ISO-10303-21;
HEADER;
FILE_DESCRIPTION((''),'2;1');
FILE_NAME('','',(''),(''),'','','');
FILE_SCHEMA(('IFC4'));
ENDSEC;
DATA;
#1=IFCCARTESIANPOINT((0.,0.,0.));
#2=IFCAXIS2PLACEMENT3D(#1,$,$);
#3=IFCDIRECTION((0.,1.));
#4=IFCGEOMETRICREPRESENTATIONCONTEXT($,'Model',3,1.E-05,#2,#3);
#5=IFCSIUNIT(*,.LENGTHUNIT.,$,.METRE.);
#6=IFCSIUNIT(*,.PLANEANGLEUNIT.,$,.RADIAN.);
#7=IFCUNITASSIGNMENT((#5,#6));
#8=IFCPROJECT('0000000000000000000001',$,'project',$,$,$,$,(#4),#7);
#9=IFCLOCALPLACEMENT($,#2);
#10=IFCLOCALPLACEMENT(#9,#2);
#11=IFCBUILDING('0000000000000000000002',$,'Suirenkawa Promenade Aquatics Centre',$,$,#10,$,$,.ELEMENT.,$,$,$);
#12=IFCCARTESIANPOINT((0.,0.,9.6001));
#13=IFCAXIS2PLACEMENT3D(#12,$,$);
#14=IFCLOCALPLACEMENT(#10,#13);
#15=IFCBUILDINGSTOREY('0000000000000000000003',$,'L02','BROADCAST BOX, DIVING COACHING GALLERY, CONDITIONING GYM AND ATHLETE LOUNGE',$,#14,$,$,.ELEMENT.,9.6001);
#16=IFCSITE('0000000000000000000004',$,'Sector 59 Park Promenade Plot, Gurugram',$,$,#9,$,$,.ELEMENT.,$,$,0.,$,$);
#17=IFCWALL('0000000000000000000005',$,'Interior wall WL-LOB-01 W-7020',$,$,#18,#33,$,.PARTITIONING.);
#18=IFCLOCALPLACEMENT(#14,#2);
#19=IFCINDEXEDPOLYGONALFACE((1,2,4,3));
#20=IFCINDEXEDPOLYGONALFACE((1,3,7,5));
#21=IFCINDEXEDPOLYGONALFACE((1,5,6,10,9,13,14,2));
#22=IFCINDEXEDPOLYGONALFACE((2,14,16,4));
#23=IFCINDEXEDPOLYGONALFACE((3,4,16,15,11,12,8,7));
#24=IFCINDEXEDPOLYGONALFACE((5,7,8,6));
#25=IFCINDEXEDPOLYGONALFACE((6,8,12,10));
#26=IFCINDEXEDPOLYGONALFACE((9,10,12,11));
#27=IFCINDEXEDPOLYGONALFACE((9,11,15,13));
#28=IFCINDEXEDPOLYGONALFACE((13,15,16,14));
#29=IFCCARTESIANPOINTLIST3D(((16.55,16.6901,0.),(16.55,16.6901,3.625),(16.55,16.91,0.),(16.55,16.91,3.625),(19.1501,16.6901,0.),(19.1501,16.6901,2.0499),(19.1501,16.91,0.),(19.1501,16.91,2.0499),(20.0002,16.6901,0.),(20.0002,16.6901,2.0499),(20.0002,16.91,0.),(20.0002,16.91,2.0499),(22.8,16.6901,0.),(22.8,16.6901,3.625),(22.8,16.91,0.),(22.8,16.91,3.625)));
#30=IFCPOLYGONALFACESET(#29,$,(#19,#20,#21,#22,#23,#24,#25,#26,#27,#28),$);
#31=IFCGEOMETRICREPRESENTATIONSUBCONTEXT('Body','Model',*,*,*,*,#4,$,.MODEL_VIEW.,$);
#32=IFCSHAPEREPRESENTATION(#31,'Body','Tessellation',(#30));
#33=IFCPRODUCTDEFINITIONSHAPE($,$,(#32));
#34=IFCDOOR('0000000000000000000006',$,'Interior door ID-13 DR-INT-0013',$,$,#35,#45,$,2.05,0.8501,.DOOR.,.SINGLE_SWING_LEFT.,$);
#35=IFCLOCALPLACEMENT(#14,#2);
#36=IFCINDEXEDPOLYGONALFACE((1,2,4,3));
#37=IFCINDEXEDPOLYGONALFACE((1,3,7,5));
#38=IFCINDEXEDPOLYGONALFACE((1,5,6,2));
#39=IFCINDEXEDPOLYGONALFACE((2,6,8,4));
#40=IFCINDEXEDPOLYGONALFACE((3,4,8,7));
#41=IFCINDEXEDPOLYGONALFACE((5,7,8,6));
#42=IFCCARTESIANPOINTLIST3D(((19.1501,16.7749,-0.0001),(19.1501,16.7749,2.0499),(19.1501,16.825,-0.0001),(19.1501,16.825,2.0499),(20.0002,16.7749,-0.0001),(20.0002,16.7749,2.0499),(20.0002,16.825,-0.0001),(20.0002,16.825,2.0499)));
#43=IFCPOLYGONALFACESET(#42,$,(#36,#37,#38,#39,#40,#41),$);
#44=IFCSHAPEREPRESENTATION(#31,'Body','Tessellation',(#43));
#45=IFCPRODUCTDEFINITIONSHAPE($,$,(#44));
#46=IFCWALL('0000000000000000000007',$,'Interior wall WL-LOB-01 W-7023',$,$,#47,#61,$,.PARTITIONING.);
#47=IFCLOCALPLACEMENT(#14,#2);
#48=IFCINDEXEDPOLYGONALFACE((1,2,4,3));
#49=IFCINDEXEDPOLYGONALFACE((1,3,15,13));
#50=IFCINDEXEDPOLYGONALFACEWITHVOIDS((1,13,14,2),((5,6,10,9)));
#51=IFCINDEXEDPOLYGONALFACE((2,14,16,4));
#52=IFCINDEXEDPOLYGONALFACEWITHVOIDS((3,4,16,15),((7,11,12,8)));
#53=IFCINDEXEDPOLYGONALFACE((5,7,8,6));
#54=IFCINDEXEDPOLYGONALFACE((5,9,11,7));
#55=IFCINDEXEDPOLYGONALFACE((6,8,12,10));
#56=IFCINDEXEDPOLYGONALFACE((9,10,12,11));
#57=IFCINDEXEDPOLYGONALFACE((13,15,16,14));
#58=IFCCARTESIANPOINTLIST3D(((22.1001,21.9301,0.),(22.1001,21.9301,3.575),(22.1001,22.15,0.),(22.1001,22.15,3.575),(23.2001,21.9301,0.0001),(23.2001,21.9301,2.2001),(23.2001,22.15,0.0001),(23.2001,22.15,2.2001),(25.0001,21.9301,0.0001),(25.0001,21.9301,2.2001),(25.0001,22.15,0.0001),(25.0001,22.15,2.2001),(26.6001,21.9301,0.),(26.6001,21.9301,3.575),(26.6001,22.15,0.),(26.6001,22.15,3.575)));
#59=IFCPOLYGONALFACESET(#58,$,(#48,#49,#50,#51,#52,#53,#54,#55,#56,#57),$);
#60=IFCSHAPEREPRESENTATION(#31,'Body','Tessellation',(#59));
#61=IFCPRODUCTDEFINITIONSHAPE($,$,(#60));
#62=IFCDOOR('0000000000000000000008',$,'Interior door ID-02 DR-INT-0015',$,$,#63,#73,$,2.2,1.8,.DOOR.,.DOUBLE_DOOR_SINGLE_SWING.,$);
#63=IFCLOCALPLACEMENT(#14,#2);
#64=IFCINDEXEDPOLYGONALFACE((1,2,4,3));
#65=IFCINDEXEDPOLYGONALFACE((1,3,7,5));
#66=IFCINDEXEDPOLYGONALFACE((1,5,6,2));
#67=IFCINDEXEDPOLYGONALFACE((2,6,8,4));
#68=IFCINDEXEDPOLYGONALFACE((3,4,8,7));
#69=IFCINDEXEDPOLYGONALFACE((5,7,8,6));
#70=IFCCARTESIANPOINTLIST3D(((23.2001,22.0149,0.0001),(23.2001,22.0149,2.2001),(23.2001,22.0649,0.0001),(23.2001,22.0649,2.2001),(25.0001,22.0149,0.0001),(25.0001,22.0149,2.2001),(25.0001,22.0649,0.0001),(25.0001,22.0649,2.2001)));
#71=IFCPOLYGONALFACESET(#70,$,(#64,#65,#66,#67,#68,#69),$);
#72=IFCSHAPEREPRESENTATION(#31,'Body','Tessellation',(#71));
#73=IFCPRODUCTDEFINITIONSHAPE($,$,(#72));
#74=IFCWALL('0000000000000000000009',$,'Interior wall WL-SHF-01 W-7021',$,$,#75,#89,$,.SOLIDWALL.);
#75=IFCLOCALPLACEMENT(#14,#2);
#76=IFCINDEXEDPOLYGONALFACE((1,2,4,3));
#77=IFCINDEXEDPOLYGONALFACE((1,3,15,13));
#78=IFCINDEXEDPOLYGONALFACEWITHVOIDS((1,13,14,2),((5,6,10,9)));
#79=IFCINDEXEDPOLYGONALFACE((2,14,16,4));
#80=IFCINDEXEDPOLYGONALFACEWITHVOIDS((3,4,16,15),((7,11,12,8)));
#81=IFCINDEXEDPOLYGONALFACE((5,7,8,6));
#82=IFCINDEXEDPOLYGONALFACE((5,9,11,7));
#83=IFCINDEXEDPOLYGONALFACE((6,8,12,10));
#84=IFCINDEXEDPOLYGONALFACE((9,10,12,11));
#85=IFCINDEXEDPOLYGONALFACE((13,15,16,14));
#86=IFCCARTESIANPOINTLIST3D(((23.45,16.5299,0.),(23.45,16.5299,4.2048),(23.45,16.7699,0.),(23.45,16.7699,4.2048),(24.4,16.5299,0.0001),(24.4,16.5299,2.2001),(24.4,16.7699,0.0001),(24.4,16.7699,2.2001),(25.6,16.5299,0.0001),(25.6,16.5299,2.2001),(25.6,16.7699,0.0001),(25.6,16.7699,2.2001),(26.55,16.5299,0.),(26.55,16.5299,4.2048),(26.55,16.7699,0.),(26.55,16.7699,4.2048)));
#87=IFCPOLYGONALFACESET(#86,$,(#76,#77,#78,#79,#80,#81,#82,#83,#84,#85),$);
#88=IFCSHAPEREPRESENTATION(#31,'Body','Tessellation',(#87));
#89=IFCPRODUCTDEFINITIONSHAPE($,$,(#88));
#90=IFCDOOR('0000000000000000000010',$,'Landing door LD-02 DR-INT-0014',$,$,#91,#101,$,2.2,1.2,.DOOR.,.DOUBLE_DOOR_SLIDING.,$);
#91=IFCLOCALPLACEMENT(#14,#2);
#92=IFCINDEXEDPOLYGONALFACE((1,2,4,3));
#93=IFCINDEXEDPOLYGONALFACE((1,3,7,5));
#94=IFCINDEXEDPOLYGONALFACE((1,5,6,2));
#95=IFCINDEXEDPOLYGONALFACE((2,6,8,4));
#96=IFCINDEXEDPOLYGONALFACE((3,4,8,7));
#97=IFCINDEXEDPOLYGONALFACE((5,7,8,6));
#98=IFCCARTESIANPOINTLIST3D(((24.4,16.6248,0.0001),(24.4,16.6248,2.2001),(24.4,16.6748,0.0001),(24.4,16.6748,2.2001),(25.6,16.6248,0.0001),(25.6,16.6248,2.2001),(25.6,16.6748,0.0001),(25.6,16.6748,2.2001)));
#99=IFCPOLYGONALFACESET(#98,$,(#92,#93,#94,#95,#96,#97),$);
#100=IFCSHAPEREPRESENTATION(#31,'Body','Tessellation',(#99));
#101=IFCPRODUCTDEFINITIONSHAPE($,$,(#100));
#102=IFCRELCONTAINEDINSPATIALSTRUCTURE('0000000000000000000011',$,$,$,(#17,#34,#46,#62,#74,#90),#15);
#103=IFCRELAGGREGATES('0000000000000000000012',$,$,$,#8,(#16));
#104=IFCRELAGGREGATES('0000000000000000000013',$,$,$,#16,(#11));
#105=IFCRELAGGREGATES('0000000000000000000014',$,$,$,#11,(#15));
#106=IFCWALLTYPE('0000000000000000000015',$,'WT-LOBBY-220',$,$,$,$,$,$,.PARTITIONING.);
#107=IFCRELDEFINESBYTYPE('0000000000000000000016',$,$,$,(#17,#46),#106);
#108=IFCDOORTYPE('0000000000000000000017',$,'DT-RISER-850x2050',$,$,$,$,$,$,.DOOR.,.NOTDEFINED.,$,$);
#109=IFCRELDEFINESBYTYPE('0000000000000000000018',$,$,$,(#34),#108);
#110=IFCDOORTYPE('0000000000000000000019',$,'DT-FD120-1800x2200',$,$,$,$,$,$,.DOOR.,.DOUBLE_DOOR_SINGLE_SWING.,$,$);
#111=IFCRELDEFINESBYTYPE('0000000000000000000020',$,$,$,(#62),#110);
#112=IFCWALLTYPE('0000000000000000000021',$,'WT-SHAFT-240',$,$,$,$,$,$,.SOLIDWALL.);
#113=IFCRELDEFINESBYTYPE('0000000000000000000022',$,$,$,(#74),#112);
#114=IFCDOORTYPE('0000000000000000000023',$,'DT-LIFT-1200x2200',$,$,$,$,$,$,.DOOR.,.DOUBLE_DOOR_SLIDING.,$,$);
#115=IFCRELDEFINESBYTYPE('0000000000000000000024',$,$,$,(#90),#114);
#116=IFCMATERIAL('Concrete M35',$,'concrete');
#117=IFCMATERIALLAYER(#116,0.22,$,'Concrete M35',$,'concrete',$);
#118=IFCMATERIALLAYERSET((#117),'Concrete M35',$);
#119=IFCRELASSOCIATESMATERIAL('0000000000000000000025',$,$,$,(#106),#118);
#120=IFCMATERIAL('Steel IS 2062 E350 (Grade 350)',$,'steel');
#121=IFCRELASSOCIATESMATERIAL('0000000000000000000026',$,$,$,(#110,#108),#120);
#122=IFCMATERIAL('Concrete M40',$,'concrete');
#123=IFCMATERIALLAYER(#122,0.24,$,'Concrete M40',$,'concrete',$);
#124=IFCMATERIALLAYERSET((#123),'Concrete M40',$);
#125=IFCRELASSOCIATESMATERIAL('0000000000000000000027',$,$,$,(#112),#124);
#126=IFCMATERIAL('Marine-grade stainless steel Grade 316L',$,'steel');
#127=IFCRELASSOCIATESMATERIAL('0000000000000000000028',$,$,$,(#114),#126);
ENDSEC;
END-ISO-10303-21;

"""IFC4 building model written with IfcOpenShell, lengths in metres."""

from ifc_helpers import new_model, si_unit, direction, frame, frame_2d, origin, place, context, subcontext, project, spatial, rectangle, extrude, material, layer, layer_set, type_object, element, fill, save


model = new_model("IFC4")

# Units and contexts
model_context = context("Model", 3, precision=1e-05, world=origin(), true_north=direction((0.0, 1.0)))
body_context = subcontext(model_context, "Body", "Model", "MODEL_VIEW")
ifc_project = project(units=[si_unit("LENGTHUNIT", "METRE"), si_unit("PLANEANGLEUNIT", "RADIAN")], contexts=[model_context])

# Site, building, storey
site_placement = place(None, origin())
site = spatial("IfcSite", under=ifc_project, at=site_placement, Name="Sector 59 Park Promenade Plot, Gurugram", CompositionType="ELEMENT", RefElevation=0.0)
building_placement = place(site_placement, origin())
building = spatial("IfcBuilding", under=site, at=building_placement, Name="Suirenkawa Promenade Aquatics Centre", CompositionType="ELEMENT")
storey_placement = place(building_placement, frame((0.0, 0.0, 9.6001)))
storey = spatial("IfcBuildingStorey", under=building, at=storey_placement, Name="L02", Description="BROADCAST BOX, DIVING COACHING GALLERY, CONDITIONING GYM AND ATHLETE LOUNGE", CompositionType="ELEMENT", Elevation=9.6001)

# Shared definitions
ifc_material_1 = material(Name="Concrete M40", Category="concrete")

# Shared definitions
ifc_material_2 = material(Name="Steel IS 2062 E350 (Grade 350)", Category="steel")
ifc_material_3 = material(Name="Concrete M35", Category="concrete")

# Walls, openings, doors
ifc_layer_1 = layer(ifc_material_3, 0.22, Name="Concrete M35", Category="concrete")
ifc_layer_set_1 = layer_set([ifc_layer_1], Name="Concrete M35")
wall_type_1 = type_object("IfcWallType", Name="WT-LOBBY-220", PredefinedType="PARTITIONING", material=ifc_layer_set_1)
door_type_1 = type_object("IfcDoorType", Name="DT-FD120-1800x2200", OperationType="DOUBLE_DOOR_SINGLE_SWING", PredefinedType="DOOR", material=ifc_material_2)
wall_1_placement = place(storey_placement, frame((16.55, 16.8, 0.0), z_axis=(0.0, 0.0, 1.0), x_axis=(1.0, 0.0, 0.0)))
wall_1 = element("IfcWall", 1, at=wall_1_placement, inside=storey, type_object=wall_type_1, Name="Interior wall WL-LOB-01 W-7020", PredefinedType="PARTITIONING", context=body_context, shape_type="SweptSolid", body=[
    extrude(rectangle(XDim=6.25, YDim=0.22, at=frame_2d((3.125, 0.0))), origin(), (0.0, 0.0, 1.0), 3.625),
])
opening_1_placement = place(wall_1_placement, frame((2.6001, 0.0, 0.0)))
opening_1 = element("IfcOpeningElement", 2, at=opening_1_placement, cuts=wall_1, PredefinedType="OPENING", context=body_context, shape_type="SweptSolid", body=[
    extrude(rectangle(XDim=0.8501, YDim=2.05, at=frame_2d((0.425, 1.0249))), frame((0.0, 0.1199, 0.0), z_axis=(0.0, -1.0, 0.0), x_axis=(1.0, 0.0, 0.0)), (0.0, 0.0, 1.0), 0.24),
])
door_type_2 = type_object("IfcDoorType", Name="DT-RISER-850x2050", OperationType="NOTDEFINED", PredefinedType="DOOR", material=ifc_material_2)
door_1_placement = place(opening_1_placement, origin())
door_1 = element("IfcDoor", 3, at=door_1_placement, inside=storey, type_object=door_type_2, Name="Interior door ID-13 DR-INT-0013", OperationType="SINGLE_SWING_LEFT", OverallHeight=2.05, OverallWidth=0.8501, PredefinedType="DOOR", context=body_context, shape_type="SweptSolid", body=[
    extrude(rectangle(XDim=0.8501, YDim=2.05, at=frame_2d((0.425, 1.0249))), frame((0.0, 0.0249, 0.0), z_axis=(0.0, -1.0, 0.0), x_axis=(1.0, 0.0, 0.0)), (0.0, 0.0, 1.0), 0.05),
])
fill(opening_1, door_1)
wall_2_placement = place(storey_placement, frame((22.1001, 22.04, 0.0), z_axis=(0.0, 0.0, 1.0), x_axis=(1.0, 0.0, 0.0)))
wall_2 = element("IfcWall", 4, at=wall_2_placement, inside=storey, type_object=wall_type_1, Name="Interior wall WL-LOB-01 W-7023", PredefinedType="PARTITIONING", context=body_context, shape_type="SweptSolid", body=[
    extrude(rectangle(XDim=4.5, YDim=0.22, at=frame_2d((2.25, 0.0))), origin(), (0.0, 0.0, 1.0), 3.575),
])
opening_2_placement = place(wall_2_placement, frame((1.1001, 0.0, 0.0)))
opening_2 = element("IfcOpeningElement", 5, at=opening_2_placement, cuts=wall_2, PredefinedType="OPENING", context=body_context, shape_type="SweptSolid", body=[
    extrude(rectangle(XDim=1.8, YDim=2.2, at=frame_2d((0.8999, 1.1001))), frame((0.0, 0.1199, 0.0), z_axis=(0.0, -1.0, 0.0), x_axis=(1.0, 0.0, 0.0)), (0.0, 0.0, 1.0), 0.24),
])
door_2_placement = place(opening_2_placement, origin())
door_2 = element("IfcDoor", 6, at=door_2_placement, inside=storey, type_object=door_type_1, Name="Interior door ID-02 DR-INT-0015", OperationType="DOUBLE_DOOR_SINGLE_SWING", OverallHeight=2.2, OverallWidth=1.8, PredefinedType="DOOR", context=body_context, shape_type="SweptSolid", body=[
    extrude(rectangle(XDim=1.8, YDim=2.2, at=frame_2d((0.8999, 1.1001))), frame((0.0, 0.0249, 0.0), z_axis=(0.0, -1.0, 0.0), x_axis=(1.0, 0.0, 0.0)), (0.0, 0.0, 1.0), 0.05),
])
fill(opening_2, door_2)
ifc_layer_2 = layer(ifc_material_1, 0.24, Name="Concrete M40", Category="concrete")
ifc_layer_set_2 = layer_set([ifc_layer_2], Name="Concrete M40")
wall_type_2 = type_object("IfcWallType", Name="WT-SHAFT-240", PredefinedType="SOLIDWALL", material=ifc_layer_set_2)
wall_3_placement = place(storey_placement, frame((23.45, 16.6499, 0.0), z_axis=(0.0, 0.0, 1.0), x_axis=(1.0, 0.0, 0.0)))
wall_3 = element("IfcWall", 7, at=wall_3_placement, inside=storey, type_object=wall_type_2, Name="Interior wall WL-SHF-01 W-7021", PredefinedType="SOLIDWALL", context=body_context, shape_type="SweptSolid", body=[
    extrude(rectangle(XDim=3.1001, YDim=0.24, at=frame_2d((1.55, 0.0))), origin(), (0.0, 0.0, 1.0), 4.2048),
])
opening_3_placement = place(wall_3_placement, frame((0.95, 0.0, 0.0)))
opening_3 = element("IfcOpeningElement", 8, at=opening_3_placement, cuts=wall_3, PredefinedType="OPENING", context=body_context, shape_type="SweptSolid", body=[
    extrude(rectangle(XDim=1.2, YDim=2.2, at=frame_2d((0.6001, 1.1001))), frame((0.0, 0.1299, 0.0), z_axis=(0.0, -1.0, 0.0), x_axis=(1.0, 0.0, 0.0)), (0.0, 0.0, 1.0), 0.26),
])
ifc_material_4 = material(Name="Marine-grade stainless steel Grade 316L", Category="steel")
door_type_3 = type_object("IfcDoorType", Name="DT-LIFT-1200x2200", OperationType="DOUBLE_DOOR_SLIDING", PredefinedType="DOOR", material=ifc_material_4)
door_3_placement = place(opening_3_placement, origin())
door_3 = element("IfcDoor", 9, at=door_3_placement, inside=storey, type_object=door_type_3, Name="Landing door LD-02 DR-INT-0014", OperationType="DOUBLE_DOOR_SLIDING", OverallHeight=2.2, OverallWidth=1.2, PredefinedType="DOOR", context=body_context, shape_type="SweptSolid", body=[
    extrude(rectangle(XDim=1.2, YDim=2.2, at=frame_2d((0.6001, 1.1001))), frame((0.0, 0.0249, 0.0), z_axis=(0.0, -1.0, 0.0), x_axis=(1.0, 0.0, 0.0)), (0.0, 0.0, 1.0), 0.05),
])
fill(opening_3, door_3)

save(model, "model.ifc")
